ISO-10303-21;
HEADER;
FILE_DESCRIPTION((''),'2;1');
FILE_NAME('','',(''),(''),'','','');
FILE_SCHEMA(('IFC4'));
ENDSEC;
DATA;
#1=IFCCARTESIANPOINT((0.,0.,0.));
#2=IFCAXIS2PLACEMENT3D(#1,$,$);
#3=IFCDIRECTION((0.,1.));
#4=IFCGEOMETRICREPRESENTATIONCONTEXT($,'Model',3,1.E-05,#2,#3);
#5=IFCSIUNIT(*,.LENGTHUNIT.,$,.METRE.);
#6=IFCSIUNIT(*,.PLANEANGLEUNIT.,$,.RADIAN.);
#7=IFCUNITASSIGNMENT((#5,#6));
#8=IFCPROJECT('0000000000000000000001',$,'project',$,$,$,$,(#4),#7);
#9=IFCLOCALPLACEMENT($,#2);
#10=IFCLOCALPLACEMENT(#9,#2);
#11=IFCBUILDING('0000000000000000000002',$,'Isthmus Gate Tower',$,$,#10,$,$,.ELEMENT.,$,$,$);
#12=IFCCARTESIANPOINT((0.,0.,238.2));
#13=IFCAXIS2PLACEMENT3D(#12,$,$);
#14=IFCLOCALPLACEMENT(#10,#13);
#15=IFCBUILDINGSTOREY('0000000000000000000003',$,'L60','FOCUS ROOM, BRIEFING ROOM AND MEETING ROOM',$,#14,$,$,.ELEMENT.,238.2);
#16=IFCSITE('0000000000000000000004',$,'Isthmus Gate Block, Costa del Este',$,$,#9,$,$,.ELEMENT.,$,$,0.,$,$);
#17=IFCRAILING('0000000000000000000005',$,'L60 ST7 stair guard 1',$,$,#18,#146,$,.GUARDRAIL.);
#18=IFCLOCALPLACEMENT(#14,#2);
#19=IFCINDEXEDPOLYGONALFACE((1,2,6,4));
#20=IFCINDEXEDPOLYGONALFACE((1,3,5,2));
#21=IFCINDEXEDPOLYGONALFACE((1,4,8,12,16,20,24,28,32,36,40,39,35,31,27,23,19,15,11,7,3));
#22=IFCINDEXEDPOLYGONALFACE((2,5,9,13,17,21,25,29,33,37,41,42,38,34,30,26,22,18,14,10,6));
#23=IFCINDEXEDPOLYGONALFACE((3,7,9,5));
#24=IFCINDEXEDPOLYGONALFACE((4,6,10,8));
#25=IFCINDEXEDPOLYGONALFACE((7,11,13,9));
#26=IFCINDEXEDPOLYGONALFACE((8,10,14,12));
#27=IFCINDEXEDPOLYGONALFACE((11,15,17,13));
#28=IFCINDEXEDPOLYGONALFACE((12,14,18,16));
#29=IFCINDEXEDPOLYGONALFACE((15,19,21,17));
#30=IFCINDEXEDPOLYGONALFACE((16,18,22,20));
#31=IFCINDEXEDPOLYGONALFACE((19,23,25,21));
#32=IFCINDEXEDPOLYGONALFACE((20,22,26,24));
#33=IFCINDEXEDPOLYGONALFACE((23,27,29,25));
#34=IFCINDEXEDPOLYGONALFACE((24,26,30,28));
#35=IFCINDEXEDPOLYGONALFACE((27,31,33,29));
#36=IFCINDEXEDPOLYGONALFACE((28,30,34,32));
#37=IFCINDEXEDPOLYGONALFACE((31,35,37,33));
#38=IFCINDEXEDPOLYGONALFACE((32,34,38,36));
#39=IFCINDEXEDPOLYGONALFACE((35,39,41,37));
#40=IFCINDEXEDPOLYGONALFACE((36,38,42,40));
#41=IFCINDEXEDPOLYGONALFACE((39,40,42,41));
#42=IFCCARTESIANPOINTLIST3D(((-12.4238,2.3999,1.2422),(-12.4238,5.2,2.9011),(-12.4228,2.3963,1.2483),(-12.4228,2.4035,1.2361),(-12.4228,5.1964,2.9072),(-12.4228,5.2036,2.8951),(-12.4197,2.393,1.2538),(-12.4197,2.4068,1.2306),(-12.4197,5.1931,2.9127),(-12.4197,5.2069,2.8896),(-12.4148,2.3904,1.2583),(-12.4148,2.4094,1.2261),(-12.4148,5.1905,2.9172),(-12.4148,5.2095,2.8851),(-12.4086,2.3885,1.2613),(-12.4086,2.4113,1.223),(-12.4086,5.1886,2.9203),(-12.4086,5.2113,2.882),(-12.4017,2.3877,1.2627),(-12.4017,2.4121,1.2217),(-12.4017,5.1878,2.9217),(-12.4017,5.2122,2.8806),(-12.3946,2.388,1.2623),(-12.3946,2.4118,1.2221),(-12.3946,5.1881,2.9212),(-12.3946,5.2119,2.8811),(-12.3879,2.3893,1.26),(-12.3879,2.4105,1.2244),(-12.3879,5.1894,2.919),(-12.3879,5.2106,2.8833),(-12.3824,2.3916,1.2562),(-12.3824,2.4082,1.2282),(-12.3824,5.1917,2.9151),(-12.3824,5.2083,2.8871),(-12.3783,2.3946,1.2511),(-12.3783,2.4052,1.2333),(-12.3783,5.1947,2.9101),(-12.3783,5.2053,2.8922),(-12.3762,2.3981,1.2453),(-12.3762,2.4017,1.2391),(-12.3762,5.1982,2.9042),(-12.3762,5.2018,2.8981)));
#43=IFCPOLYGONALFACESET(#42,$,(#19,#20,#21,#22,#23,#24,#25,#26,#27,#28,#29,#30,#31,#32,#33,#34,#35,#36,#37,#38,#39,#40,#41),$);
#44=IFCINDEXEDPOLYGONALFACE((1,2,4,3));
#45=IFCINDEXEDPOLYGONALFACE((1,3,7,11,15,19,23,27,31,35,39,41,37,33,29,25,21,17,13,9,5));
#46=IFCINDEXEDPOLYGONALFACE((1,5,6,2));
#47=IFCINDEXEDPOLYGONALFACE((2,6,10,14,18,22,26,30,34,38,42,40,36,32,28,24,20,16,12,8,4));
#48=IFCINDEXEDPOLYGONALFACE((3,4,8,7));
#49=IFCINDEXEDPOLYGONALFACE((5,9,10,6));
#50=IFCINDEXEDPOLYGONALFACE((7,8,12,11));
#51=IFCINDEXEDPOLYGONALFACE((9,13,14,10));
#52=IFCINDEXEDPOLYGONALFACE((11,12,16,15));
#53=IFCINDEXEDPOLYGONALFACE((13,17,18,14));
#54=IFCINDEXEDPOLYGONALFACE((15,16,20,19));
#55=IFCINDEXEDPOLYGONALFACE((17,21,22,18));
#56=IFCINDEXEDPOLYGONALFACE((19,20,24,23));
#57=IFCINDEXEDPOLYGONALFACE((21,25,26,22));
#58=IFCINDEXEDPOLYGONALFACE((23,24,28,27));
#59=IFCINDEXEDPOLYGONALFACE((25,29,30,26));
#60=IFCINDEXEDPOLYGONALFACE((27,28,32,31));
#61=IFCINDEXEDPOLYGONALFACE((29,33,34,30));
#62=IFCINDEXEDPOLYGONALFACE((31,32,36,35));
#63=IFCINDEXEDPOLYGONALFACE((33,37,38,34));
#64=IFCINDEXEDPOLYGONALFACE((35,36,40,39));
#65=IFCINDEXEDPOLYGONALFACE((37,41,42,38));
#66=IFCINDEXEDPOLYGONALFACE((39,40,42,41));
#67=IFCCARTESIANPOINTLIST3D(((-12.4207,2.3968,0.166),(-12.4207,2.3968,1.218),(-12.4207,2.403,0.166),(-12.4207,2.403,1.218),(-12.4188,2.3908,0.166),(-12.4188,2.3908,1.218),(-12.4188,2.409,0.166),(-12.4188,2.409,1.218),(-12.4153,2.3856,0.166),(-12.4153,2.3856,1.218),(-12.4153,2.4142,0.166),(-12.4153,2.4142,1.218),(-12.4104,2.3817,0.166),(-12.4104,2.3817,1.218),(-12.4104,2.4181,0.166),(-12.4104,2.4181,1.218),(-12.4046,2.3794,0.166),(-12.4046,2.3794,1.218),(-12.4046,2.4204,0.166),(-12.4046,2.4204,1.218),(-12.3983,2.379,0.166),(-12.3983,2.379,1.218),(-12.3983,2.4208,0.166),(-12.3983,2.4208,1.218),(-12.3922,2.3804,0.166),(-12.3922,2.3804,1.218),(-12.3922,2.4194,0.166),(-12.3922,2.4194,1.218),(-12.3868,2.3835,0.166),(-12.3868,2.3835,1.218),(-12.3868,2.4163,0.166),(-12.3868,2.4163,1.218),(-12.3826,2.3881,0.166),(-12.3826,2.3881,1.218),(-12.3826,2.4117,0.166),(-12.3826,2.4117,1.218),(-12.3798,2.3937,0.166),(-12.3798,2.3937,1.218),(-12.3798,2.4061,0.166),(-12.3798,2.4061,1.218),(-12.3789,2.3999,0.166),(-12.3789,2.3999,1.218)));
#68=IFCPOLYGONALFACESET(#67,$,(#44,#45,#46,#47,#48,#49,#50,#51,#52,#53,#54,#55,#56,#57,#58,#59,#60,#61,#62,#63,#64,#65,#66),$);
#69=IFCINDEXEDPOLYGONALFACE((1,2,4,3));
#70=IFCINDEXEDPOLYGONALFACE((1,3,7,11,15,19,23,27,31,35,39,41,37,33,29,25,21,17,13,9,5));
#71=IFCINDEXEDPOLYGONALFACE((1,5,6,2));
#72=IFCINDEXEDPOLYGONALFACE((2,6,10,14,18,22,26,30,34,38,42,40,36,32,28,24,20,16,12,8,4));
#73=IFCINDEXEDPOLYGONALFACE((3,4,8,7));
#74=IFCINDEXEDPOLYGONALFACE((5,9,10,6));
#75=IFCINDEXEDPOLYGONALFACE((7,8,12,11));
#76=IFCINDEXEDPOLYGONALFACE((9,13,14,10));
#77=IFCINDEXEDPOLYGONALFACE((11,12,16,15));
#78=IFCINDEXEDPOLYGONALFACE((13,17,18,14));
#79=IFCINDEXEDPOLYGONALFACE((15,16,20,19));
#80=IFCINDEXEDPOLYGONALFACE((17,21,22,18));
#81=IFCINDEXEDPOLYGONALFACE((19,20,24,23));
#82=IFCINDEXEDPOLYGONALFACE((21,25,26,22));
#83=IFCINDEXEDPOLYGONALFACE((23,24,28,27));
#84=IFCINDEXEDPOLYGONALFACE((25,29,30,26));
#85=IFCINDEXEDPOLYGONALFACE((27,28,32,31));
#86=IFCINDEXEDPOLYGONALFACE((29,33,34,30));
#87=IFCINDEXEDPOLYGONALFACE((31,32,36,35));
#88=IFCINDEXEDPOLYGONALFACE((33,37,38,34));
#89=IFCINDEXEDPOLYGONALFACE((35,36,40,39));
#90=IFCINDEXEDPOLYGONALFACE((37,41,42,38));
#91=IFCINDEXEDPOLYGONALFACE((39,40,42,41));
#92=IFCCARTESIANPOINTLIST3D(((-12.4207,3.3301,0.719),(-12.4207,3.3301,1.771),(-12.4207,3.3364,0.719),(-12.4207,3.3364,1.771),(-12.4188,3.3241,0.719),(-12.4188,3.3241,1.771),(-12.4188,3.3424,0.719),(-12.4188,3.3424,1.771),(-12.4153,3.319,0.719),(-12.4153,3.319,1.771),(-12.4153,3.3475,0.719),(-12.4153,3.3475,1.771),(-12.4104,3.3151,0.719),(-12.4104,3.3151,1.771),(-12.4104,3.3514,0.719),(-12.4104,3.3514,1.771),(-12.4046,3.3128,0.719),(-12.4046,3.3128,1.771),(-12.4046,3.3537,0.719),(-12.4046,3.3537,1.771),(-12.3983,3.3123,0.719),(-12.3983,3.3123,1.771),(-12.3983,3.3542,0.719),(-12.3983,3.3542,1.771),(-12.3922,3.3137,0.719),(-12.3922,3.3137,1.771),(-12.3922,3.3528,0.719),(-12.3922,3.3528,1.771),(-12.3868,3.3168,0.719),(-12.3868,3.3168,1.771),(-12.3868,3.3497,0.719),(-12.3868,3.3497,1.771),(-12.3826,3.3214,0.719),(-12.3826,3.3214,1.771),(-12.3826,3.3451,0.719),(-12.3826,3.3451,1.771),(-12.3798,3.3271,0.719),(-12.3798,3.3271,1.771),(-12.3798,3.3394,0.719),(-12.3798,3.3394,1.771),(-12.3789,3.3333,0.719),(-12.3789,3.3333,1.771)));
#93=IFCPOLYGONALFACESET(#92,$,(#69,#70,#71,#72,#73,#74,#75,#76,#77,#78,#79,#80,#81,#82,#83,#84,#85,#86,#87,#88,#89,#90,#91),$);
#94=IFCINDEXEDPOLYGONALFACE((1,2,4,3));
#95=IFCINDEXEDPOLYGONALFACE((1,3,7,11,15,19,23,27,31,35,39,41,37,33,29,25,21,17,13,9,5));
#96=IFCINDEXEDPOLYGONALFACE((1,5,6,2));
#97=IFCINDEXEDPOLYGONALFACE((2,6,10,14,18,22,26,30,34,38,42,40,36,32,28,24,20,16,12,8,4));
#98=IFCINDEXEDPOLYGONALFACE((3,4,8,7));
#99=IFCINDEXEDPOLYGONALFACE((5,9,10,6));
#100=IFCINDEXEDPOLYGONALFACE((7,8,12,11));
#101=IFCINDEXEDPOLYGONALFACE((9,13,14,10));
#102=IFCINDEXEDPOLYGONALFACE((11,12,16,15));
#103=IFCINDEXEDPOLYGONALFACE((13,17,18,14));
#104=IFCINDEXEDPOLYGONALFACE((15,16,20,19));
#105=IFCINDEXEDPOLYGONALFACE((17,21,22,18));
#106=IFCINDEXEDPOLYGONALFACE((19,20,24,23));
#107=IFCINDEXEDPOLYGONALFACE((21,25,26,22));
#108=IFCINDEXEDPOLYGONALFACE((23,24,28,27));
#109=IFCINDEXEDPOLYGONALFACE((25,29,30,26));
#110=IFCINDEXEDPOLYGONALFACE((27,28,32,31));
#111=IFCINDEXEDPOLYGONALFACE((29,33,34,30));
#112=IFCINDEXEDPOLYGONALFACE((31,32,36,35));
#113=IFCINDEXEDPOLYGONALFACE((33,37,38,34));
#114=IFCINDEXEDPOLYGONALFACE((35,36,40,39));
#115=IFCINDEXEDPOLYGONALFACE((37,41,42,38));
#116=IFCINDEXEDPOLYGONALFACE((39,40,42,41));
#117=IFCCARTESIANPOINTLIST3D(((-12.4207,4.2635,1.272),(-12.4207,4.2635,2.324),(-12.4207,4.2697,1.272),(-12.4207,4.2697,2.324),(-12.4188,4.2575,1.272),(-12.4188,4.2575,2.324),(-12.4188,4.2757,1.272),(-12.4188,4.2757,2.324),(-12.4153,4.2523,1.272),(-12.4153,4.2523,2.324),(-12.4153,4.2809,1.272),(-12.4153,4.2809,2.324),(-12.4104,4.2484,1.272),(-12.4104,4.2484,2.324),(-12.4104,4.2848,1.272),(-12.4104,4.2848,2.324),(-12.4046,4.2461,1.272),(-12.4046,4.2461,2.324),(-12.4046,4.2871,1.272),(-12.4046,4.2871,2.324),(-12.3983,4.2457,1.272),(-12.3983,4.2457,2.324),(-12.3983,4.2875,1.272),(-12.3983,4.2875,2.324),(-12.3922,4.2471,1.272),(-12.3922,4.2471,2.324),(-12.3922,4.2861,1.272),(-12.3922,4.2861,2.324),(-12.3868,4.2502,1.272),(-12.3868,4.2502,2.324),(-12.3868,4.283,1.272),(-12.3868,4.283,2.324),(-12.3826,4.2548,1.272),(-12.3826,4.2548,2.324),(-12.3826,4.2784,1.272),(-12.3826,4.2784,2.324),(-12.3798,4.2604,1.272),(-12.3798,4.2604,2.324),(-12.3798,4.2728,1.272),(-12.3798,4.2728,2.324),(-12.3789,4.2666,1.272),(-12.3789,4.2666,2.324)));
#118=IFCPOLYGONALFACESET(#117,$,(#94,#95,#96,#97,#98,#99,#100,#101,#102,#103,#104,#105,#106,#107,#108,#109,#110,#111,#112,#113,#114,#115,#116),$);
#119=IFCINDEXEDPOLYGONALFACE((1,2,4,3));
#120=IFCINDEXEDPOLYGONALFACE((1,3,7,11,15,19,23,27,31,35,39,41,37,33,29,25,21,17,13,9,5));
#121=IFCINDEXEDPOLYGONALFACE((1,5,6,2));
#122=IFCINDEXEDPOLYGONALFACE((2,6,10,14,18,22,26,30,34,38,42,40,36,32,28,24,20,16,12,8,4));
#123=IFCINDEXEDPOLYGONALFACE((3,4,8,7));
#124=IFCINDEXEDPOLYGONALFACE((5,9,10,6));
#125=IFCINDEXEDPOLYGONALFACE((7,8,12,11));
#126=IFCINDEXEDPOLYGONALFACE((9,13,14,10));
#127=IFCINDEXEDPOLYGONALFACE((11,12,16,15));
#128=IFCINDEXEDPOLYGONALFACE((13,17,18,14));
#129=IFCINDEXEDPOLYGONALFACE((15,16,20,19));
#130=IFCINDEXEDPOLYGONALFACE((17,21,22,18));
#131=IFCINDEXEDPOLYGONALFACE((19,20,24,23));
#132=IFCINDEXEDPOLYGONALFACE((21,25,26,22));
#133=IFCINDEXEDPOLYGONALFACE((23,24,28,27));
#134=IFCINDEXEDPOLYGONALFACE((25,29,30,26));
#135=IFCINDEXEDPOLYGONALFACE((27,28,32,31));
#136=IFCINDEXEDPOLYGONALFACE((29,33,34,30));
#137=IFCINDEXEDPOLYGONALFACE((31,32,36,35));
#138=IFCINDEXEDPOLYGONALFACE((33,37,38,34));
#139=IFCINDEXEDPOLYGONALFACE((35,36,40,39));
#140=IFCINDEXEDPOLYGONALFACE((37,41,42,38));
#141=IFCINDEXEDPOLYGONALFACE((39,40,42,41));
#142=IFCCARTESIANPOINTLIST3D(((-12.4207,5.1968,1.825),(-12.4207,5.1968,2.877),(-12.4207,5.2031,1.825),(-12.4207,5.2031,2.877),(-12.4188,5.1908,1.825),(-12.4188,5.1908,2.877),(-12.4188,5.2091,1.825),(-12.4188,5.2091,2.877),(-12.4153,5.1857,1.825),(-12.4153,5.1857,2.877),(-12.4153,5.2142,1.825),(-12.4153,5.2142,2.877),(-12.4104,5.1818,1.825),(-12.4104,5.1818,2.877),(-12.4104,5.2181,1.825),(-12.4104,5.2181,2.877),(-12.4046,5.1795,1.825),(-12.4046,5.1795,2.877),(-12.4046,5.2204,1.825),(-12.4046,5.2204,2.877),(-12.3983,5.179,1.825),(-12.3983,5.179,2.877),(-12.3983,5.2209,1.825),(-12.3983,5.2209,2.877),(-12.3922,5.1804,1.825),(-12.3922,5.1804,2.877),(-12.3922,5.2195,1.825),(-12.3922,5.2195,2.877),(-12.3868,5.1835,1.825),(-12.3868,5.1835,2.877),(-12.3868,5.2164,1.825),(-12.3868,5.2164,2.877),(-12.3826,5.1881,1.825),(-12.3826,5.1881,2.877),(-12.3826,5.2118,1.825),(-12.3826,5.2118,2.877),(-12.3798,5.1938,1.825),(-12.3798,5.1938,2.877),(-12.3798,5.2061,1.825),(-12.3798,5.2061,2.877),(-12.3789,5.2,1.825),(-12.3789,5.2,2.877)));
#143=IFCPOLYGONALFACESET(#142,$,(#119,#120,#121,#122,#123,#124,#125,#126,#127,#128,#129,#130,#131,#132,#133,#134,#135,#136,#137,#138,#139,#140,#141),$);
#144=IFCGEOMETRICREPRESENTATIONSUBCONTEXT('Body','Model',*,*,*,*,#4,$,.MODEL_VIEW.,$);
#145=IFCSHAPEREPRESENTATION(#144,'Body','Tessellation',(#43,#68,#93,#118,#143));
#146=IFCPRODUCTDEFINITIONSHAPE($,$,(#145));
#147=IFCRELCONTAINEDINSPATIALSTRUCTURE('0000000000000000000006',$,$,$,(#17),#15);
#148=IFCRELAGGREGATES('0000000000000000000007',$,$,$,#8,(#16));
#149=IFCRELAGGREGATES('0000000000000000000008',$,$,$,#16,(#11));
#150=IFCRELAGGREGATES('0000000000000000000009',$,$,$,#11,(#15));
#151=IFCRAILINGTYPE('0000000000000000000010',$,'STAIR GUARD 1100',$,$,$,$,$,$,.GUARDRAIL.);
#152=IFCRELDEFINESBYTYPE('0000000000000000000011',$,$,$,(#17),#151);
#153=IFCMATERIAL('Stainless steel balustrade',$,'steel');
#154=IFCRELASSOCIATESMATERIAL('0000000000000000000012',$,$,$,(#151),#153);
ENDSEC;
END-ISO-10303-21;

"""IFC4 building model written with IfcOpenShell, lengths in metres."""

from ifc_helpers import new_model, si_unit, direction, frame, origin, origin_2d, place, context, subcontext, project, spatial, circle, extrude, material, type_object, element, save


model = new_model("IFC4")

# Units and contexts
model_context = context("Model", 3, precision=1e-05, world=origin(), true_north=direction((0.0, 1.0)))
body_context = subcontext(model_context, "Body", "Model", "MODEL_VIEW")
ifc_project = project(units=[si_unit("LENGTHUNIT", "METRE"), si_unit("PLANEANGLEUNIT", "RADIAN")], contexts=[model_context])

# Site, building, storey
site_placement = place(None, origin())
site = spatial("IfcSite", under=ifc_project, at=site_placement, Name="Isthmus Gate Block, Costa del Este", CompositionType="ELEMENT", RefElevation=0.0)
building_placement = place(site_placement, origin())
building = spatial("IfcBuilding", under=site, at=building_placement, Name="Isthmus Gate Tower", CompositionType="ELEMENT")
storey_placement = place(building_placement, frame((0.0, 0.0, 238.2)))
storey = spatial("IfcBuildingStorey", under=building, at=storey_placement, Name="L60", Description="FOCUS ROOM, BRIEFING ROOM AND MEETING ROOM", CompositionType="ELEMENT", Elevation=238.2)

# Railing
ifc_material_1 = material(Name="Stainless steel balustrade", Category="steel")
railing_type = type_object("IfcRailingType", Name="STAIR GUARD 1100", PredefinedType="GUARDRAIL", material=ifc_material_1)
railing_1_placement = place(storey_placement, frame((-12.3999, 2.3999, 0.166)))
element("IfcRailing", 1, at=railing_1_placement, inside=storey, type_object=railing_type, Name="L60 ST7 stair guard 1", PredefinedType="GUARDRAIL", context=body_context, shape_type="SweptSolid", body=[
    extrude(circle(Radius=0.0239, at=origin_2d()), frame((0.0, 0.0, 1.0762), z_axis=(0.0, 0.860339, 0.509722), x_axis=(-1.0, 0.0, 0.0)), (0.0, 0.0, 1.0), 3.2546),
    extrude(circle(Radius=0.021, at=origin_2d()), origin(), (0.0, 0.0, 1.0), 1.052),
    extrude(circle(Radius=0.021, at=origin_2d()), frame((0.0, 0.9333, 0.553)), (0.0, 0.0, 1.0), 1.052),
    extrude(circle(Radius=0.021, at=origin_2d()), frame((0.0, 1.8667, 1.106)), (0.0, 0.0, 1.0), 1.052),
    extrude(circle(Radius=0.021, at=origin_2d()), frame((0.0, 2.8, 1.6589)), (0.0, 0.0, 1.0), 1.052),
])

save(model, "model.ifc")
